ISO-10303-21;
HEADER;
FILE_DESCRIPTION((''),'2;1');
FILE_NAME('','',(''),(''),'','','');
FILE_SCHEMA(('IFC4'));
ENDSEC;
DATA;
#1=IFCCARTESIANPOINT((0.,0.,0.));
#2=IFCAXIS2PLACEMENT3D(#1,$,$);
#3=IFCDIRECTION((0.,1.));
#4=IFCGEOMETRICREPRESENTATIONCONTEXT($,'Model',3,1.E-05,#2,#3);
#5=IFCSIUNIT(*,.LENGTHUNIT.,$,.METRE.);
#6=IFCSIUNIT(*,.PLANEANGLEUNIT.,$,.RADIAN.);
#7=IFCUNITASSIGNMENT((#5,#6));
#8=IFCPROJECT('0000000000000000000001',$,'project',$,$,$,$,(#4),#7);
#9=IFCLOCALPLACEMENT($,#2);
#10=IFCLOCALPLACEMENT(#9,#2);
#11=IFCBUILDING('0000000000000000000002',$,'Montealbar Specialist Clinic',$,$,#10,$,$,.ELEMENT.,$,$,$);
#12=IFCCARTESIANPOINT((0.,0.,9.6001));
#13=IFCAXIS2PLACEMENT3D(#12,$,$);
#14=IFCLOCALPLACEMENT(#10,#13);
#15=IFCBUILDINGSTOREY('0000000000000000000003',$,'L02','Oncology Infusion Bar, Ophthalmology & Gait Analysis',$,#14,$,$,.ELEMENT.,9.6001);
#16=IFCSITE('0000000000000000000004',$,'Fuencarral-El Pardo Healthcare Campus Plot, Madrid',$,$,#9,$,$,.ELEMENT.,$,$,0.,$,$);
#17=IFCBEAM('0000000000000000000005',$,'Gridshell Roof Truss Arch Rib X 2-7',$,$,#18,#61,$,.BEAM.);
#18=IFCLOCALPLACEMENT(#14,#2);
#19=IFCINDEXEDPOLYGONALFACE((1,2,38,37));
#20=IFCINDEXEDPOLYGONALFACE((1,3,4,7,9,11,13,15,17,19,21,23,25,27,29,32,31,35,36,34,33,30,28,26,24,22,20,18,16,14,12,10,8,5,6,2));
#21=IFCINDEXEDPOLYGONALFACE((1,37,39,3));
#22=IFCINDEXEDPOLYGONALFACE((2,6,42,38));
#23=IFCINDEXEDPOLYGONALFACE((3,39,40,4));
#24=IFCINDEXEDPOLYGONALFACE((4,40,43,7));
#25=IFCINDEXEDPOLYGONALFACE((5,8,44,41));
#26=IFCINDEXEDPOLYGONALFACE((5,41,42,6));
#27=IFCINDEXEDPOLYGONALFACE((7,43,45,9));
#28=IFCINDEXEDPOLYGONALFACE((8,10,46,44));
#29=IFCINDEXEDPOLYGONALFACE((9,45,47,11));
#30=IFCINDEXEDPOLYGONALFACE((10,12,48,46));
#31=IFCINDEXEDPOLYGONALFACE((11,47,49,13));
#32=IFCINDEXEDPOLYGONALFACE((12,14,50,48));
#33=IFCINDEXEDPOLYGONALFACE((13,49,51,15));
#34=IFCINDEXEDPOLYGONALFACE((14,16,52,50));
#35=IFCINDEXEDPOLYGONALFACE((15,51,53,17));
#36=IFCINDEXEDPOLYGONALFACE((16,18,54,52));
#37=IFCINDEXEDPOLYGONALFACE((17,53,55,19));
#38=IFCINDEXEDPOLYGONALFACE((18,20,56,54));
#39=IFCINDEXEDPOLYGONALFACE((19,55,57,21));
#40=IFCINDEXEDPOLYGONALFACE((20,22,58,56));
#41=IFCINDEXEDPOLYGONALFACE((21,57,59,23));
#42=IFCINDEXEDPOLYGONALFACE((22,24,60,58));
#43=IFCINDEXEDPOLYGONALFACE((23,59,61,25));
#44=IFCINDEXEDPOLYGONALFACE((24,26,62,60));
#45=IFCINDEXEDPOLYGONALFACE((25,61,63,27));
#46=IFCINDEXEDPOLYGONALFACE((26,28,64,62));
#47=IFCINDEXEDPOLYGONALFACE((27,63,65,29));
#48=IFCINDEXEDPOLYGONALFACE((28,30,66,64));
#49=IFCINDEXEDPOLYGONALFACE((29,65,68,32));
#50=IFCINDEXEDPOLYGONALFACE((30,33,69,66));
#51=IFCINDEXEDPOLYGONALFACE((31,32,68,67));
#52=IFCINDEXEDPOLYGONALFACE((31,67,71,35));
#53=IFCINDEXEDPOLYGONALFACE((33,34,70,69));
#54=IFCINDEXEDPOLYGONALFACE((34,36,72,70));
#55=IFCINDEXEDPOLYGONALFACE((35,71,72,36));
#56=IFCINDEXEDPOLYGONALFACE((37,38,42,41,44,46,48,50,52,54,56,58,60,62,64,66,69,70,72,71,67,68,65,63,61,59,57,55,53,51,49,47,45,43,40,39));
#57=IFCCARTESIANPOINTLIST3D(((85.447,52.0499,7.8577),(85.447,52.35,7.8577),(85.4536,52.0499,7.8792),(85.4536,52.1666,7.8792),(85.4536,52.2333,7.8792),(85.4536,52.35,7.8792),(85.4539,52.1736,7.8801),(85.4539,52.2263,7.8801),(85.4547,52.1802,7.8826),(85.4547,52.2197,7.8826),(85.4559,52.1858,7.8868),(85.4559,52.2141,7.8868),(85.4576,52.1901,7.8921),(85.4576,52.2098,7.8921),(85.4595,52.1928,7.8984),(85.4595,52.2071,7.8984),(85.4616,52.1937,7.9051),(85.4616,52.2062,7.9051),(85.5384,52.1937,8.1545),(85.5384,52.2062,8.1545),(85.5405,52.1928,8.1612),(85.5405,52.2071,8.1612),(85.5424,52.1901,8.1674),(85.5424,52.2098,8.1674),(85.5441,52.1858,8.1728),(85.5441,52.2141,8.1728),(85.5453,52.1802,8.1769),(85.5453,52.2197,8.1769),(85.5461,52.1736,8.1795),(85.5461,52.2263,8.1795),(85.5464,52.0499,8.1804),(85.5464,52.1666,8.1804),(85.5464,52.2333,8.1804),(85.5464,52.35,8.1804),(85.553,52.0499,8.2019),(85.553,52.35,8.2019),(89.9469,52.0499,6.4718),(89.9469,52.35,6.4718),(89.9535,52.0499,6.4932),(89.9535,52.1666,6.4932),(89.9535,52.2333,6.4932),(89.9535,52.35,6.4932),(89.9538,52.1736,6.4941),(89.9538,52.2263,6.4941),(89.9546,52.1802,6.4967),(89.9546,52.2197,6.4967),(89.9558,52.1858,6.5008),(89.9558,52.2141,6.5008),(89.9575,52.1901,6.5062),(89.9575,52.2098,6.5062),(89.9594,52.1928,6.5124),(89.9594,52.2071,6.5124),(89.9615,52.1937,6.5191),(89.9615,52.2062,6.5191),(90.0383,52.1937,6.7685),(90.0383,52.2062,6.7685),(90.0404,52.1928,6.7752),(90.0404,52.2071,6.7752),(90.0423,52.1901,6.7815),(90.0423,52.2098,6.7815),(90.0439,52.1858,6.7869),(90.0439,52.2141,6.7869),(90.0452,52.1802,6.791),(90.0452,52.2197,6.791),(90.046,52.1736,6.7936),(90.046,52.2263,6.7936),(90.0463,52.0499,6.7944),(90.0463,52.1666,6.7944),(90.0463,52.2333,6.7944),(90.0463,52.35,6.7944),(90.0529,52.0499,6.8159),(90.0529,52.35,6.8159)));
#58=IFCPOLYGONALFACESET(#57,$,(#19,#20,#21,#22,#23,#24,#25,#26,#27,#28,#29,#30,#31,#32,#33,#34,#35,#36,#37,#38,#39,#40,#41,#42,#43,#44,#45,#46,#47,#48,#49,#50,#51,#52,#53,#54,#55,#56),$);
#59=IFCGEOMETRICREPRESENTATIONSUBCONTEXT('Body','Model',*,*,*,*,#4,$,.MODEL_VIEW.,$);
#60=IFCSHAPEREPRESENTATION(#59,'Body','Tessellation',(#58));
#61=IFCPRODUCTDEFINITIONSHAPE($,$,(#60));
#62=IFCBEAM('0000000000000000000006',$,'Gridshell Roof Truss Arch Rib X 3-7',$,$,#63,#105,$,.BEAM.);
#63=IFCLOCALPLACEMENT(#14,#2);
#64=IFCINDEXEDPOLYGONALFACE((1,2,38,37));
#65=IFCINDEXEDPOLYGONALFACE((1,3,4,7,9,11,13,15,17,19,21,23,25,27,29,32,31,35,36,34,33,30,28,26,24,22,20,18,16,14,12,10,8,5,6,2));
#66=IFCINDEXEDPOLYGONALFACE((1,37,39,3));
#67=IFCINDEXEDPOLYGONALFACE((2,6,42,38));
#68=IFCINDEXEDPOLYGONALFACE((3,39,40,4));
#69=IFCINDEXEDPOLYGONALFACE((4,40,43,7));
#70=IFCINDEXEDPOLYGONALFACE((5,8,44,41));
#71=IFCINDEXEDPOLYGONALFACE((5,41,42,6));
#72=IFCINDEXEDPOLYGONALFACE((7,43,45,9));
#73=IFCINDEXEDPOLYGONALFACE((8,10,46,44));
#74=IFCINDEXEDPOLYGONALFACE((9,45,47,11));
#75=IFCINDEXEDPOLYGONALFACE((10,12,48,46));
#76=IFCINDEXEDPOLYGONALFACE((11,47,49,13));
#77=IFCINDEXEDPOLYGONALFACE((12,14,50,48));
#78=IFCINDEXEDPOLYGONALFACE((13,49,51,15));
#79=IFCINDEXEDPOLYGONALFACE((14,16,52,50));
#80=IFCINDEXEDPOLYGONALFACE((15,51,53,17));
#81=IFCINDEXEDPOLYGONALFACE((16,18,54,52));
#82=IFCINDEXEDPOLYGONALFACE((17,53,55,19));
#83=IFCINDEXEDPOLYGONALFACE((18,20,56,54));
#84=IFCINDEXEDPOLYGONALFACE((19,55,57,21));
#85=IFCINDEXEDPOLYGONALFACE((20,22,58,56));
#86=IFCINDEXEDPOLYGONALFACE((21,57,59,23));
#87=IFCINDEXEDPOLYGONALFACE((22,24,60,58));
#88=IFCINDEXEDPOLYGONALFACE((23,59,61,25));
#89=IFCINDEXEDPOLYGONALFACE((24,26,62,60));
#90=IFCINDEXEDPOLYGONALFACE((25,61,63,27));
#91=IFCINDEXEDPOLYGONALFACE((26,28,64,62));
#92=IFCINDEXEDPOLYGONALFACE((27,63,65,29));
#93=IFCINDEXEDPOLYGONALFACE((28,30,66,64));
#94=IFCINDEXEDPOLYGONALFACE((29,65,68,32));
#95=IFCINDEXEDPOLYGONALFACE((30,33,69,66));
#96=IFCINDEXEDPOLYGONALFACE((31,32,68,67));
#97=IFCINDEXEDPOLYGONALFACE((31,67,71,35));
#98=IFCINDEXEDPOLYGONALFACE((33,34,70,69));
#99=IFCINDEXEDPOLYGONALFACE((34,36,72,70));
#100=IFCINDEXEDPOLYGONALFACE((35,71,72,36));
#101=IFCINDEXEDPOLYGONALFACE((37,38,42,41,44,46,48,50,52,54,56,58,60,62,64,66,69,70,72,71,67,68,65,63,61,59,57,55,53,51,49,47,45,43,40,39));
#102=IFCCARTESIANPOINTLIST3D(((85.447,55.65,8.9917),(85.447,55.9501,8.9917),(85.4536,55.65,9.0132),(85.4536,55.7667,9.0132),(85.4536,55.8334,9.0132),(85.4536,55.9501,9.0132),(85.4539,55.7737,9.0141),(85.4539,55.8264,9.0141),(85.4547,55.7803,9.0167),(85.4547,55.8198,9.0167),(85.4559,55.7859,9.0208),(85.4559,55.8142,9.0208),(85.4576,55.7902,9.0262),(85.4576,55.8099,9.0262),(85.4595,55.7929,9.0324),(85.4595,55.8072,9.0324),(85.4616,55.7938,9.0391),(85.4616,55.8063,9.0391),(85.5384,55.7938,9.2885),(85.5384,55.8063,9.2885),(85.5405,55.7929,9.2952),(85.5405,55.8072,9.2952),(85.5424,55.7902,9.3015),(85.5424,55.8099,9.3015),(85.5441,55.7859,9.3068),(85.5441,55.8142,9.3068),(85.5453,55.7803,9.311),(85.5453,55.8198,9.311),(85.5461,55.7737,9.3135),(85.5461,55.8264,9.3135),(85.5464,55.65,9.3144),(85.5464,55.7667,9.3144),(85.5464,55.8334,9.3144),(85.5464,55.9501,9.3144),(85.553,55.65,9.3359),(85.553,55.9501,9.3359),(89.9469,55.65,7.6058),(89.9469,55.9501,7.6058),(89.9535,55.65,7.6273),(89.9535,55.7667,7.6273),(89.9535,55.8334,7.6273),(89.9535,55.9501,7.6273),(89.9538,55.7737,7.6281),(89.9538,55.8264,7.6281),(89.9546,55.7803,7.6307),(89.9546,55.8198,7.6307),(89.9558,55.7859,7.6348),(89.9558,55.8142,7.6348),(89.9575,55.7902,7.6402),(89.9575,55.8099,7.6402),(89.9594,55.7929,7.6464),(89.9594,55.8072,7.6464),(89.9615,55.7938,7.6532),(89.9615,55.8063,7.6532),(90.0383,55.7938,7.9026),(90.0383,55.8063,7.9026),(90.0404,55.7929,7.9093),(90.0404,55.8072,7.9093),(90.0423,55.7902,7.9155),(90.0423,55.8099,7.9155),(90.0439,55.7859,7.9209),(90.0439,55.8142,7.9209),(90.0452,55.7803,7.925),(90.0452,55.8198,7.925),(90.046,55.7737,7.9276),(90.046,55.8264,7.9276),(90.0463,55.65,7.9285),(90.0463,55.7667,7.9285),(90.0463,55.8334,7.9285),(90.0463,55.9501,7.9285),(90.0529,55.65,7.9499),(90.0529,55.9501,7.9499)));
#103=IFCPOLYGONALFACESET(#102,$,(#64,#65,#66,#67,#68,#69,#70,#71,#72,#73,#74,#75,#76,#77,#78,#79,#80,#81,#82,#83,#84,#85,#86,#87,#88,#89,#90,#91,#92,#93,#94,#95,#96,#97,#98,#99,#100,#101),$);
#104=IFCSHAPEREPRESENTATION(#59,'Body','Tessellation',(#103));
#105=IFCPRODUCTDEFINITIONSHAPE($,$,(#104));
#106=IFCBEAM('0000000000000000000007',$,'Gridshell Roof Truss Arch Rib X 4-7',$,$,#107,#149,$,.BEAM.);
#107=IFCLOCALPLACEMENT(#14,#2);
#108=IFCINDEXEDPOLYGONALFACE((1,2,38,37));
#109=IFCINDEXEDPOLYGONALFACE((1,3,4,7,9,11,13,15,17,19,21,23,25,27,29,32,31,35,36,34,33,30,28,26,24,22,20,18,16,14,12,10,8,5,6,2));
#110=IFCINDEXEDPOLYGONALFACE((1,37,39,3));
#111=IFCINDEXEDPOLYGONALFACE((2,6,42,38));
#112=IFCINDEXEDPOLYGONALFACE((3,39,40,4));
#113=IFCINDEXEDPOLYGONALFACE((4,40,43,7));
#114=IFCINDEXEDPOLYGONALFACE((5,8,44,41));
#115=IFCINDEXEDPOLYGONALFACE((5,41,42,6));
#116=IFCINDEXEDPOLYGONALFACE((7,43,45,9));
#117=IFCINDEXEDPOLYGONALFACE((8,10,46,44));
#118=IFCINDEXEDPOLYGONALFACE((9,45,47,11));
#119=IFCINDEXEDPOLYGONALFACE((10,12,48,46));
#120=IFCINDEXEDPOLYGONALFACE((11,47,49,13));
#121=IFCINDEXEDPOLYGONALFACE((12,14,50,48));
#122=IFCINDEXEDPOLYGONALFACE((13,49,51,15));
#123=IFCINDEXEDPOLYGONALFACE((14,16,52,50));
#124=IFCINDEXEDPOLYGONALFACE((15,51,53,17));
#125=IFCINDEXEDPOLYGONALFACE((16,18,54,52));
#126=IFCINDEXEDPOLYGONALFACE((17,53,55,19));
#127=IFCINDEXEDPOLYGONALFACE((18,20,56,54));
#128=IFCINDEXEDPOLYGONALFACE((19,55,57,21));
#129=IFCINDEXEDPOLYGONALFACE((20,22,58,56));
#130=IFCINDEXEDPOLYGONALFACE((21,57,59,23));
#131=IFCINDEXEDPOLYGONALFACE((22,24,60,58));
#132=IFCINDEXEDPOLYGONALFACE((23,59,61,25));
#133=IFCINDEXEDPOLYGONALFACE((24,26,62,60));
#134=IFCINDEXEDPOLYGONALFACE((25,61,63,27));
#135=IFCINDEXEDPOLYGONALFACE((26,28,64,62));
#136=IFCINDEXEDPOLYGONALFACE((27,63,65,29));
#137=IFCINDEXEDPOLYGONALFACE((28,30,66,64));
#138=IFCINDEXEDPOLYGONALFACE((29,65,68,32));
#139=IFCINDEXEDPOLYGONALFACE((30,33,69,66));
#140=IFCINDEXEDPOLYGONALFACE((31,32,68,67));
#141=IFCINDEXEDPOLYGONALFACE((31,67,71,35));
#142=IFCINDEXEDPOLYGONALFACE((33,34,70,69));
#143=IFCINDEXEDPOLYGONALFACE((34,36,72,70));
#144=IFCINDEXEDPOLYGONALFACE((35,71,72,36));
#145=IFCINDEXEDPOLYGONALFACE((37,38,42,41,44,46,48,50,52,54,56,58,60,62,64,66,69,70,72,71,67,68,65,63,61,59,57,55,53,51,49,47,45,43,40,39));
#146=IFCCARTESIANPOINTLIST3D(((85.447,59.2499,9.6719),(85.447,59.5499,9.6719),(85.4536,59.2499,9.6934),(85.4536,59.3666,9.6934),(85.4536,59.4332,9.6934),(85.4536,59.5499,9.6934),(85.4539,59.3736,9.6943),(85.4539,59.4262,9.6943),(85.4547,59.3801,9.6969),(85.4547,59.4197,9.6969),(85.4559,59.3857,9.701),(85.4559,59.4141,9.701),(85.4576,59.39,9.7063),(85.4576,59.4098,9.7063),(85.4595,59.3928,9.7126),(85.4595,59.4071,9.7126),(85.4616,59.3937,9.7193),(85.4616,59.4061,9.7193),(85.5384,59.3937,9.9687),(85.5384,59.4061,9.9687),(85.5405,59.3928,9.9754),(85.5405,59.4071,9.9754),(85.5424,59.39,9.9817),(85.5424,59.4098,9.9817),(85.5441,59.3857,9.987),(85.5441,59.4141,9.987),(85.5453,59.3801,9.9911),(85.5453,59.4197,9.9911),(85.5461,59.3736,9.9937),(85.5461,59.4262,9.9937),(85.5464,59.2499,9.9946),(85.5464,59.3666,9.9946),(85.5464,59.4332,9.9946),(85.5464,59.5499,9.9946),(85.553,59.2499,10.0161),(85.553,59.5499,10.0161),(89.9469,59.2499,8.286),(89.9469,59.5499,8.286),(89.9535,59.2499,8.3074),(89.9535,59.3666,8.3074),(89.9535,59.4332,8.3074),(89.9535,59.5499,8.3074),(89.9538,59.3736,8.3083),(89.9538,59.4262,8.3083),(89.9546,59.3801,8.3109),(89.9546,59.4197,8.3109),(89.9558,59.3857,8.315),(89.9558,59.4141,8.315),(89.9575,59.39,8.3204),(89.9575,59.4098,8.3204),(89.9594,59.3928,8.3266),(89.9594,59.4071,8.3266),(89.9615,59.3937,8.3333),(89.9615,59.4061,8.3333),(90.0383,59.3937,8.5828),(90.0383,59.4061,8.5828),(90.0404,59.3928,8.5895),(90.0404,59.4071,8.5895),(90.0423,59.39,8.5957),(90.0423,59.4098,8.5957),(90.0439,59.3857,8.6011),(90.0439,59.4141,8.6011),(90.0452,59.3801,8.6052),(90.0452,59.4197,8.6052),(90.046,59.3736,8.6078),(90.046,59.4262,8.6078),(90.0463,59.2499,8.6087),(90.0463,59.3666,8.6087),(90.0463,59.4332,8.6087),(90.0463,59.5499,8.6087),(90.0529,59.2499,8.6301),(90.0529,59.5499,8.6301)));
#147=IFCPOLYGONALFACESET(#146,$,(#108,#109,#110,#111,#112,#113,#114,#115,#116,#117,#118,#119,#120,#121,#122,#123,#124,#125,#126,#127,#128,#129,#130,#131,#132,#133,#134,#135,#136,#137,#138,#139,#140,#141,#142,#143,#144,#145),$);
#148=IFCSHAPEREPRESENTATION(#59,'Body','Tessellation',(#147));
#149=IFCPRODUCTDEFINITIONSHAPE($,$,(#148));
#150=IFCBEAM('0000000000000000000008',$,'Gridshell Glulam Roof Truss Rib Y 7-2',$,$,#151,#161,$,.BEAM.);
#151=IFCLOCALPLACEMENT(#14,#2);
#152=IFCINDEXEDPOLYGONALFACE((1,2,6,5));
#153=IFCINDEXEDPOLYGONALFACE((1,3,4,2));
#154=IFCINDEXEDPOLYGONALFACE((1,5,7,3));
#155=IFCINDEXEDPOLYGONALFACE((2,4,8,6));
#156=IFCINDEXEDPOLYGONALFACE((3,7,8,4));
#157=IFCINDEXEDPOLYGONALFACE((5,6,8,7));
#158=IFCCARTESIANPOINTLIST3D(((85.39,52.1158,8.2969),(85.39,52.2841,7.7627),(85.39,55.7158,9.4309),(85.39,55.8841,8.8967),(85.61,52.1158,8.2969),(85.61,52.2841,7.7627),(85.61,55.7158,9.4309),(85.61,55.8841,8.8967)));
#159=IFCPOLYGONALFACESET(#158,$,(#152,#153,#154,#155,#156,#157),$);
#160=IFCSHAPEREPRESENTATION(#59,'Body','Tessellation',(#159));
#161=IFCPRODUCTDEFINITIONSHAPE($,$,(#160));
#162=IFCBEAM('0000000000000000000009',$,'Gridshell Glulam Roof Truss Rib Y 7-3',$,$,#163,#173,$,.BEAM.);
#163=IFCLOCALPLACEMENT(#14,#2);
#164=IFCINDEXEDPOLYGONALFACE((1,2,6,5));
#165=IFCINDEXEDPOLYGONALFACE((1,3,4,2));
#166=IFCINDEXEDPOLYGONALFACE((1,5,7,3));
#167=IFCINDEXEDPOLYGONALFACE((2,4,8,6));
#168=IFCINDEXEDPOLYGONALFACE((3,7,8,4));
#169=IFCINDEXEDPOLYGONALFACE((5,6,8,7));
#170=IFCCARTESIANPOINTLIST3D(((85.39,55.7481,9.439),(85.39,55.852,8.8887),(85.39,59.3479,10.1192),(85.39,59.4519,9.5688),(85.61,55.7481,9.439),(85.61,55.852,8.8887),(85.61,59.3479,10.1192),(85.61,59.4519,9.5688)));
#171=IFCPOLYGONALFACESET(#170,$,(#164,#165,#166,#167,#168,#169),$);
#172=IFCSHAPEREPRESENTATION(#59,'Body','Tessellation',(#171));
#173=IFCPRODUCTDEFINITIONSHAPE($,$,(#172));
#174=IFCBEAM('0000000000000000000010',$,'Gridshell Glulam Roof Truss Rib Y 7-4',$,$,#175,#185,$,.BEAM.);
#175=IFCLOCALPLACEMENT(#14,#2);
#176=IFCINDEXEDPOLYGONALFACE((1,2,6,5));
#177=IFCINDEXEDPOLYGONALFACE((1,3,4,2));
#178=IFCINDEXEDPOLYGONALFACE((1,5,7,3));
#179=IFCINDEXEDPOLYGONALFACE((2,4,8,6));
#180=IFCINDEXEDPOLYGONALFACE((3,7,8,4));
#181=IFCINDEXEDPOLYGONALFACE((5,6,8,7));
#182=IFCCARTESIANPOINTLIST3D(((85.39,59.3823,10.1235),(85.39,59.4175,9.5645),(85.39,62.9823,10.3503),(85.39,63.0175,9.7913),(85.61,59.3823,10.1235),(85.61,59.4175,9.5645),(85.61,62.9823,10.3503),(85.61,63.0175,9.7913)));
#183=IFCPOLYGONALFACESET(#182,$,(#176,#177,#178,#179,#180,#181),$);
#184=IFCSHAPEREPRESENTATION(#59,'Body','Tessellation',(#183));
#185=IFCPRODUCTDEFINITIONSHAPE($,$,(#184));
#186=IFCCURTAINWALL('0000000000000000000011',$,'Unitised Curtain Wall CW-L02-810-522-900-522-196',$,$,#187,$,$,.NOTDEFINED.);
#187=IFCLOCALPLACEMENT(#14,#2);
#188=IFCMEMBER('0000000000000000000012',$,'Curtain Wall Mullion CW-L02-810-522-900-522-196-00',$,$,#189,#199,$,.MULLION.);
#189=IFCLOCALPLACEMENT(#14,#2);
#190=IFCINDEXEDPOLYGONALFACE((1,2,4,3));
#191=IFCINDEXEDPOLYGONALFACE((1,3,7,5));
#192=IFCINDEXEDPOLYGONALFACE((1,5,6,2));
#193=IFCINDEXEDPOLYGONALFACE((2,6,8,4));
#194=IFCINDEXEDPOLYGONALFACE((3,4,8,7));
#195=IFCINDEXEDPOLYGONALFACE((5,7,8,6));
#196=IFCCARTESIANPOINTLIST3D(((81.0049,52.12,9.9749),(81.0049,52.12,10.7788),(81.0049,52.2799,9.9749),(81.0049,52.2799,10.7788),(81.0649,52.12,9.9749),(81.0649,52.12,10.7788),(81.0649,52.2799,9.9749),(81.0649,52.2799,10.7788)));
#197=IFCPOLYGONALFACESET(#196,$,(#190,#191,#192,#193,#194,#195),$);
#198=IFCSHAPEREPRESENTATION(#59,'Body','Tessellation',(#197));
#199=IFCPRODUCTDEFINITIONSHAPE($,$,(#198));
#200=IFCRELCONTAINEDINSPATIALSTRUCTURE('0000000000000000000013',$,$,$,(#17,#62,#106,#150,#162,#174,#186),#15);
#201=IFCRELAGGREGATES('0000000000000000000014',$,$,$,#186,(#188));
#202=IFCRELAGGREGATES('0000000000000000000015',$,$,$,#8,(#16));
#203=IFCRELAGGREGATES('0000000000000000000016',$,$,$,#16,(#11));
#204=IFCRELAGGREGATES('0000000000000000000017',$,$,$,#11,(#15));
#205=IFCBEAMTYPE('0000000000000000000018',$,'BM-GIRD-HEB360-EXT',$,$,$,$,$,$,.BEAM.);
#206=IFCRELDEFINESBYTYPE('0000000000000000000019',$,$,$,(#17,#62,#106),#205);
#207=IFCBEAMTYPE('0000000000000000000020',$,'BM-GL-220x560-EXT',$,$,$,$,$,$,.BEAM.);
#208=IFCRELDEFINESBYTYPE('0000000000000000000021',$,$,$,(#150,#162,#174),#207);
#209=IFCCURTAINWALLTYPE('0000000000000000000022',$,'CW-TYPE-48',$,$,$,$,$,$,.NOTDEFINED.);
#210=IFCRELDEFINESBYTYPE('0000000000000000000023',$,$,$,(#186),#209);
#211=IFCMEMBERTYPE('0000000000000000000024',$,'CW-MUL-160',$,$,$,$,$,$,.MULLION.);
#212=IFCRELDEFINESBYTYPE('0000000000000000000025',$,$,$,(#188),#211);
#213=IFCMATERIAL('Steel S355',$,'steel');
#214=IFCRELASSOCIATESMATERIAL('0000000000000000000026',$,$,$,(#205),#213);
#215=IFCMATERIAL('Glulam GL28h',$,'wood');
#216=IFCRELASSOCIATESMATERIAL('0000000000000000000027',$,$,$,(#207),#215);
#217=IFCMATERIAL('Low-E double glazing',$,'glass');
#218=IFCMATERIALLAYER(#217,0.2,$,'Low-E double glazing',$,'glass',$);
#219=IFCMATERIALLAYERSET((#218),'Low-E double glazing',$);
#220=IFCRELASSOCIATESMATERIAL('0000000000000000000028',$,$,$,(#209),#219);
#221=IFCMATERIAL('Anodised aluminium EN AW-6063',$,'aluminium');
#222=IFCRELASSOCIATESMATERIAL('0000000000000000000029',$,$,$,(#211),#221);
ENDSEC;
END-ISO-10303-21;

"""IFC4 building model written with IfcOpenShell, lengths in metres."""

from ifc_helpers import new_model, si_unit, direction, frame, origin, origin_2d, place, context, subcontext, project, spatial, rectangle, i_section, extrude, material, layer, layer_set, material_profile, profile_set, type_object, element, aggregate, save


model = new_model("IFC4")

# Units and contexts
model_context = context("Model", 3, precision=1e-05, world=origin(), true_north=direction((0.0, 1.0)))
body_context = subcontext(model_context, "Body", "Model", "MODEL_VIEW")
ifc_project = project(units=[si_unit("LENGTHUNIT", "METRE"), si_unit("PLANEANGLEUNIT", "RADIAN")], contexts=[model_context])

# Site, building, storey
site_placement = place(None, origin())
site = spatial("IfcSite", under=ifc_project, at=site_placement, Name="Fuencarral-El Pardo Healthcare Campus Plot, Madrid", CompositionType="ELEMENT", RefElevation=0.0)
building_placement = place(site_placement, origin())
building = spatial("IfcBuilding", under=site, at=building_placement, Name="Montealbar Specialist Clinic", CompositionType="ELEMENT")
storey_placement = place(building_placement, frame((0.0, 0.0, 9.6001)))
storey = spatial("IfcBuildingStorey", under=building, at=storey_placement, Name="L02", Description="Oncology Infusion Bar, Ophthalmology & Gait Analysis", CompositionType="ELEMENT", Elevation=9.6001)

# Beams
ifc_material_1 = material(Name="Steel S355", Category="steel")
ifc_material_profile_1 = material_profile(ifc_material_1, i_section(OverallWidth=0.3, OverallDepth=0.3601, WebThickness=0.0125, FlangeThickness=0.0225, FilletRadius=0.0271, at=origin_2d()), Name="HEB 360", Category="steel")
ifc_profile_set_1 = profile_set([ifc_material_profile_1], Name="Steel S355")
beam_type_1 = type_object("IfcBeamType", Name="BM-GIRD-HEB360-EXT", PredefinedType="BEAM", material=ifc_profile_set_1)
for number, where, z_axis, x_axis, name in (
    (1, (85.5, 52.2, 8.0298), (0.955697, 0.0, -0.294352), (0.0, 1.0, 0.0), "Gridshell Roof Truss Arch Rib X 2-7"),
    (2, (85.5, 55.8, 9.1638), (0.955697, 0.0, -0.294352), (0.0, 1.0, 0.0), "Gridshell Roof Truss Arch Rib X 3-7"),
    (3, (85.5, 59.3999, 9.844), (0.955697, 0.0, -0.294352), (0.0, 1.0, 0.0), "Gridshell Roof Truss Arch Rib X 4-7"),
):
    element("IfcBeam", number, at=place(storey_placement, frame(where, z_axis=z_axis, x_axis=x_axis)), inside=storey, type_object=beam_type_1, Name=name, PredefinedType="BEAM", context=body_context, shape_type="SweptSolid", body=[
        extrude(i_section(OverallWidth=0.3, OverallDepth=0.3601, WebThickness=0.0125, FlangeThickness=0.0225, FilletRadius=0.0271, at=origin_2d()), origin(), (0.0, 0.0, 1.0), 4.7085),
    ])
ifc_material_2 = material(Name="Glulam GL28h", Category="wood")
ifc_material_profile_2 = material_profile(ifc_material_2, rectangle(XDim=0.22, YDim=0.5601, at=origin_2d()), Name="GL28h 220x560", Category="wood")
ifc_profile_set_2 = profile_set([ifc_material_profile_2], Name="Glulam GL28h")
beam_type_2 = type_object("IfcBeamType", Name="BM-GL-220x560-EXT", PredefinedType="BEAM", material=ifc_profile_set_2)
beam_1_placement = place(storey_placement, frame((85.5, 52.2, 8.0298), z_axis=(0.0, 0.953798, 0.300447), x_axis=(-1.0, 0.0, 0.0)))
element("IfcBeam", 4, at=beam_1_placement, inside=storey, type_object=beam_type_2, Name="Gridshell Glulam Roof Truss Rib Y 7-2", PredefinedType="BEAM", context=body_context, shape_type="SweptSolid", body=[
    extrude(rectangle(XDim=0.22, YDim=0.5601, at=origin_2d()), origin(), (0.0, 0.0, 1.0), 3.7744),
])
beam_2_placement = place(storey_placement, frame((85.5, 55.8, 9.1638), z_axis=(0.0, 0.982614, 0.18566), x_axis=(-1.0, 0.0, 0.0)))
element("IfcBeam", 5, at=beam_2_placement, inside=storey, type_object=beam_type_2, Name="Gridshell Glulam Roof Truss Rib Y 7-3", PredefinedType="BEAM", context=body_context, shape_type="SweptSolid", body=[
    extrude(rectangle(XDim=0.22, YDim=0.5601, at=origin_2d()), origin(), (0.0, 0.0, 1.0), 3.6636),
])
beam_3_placement = place(storey_placement, frame((85.5, 59.3999, 9.844), z_axis=(0.0, 0.998021, 0.062875), x_axis=(-1.0, 0.0, 0.0)))
element("IfcBeam", 6, at=beam_3_placement, inside=storey, type_object=beam_type_2, Name="Gridshell Glulam Roof Truss Rib Y 7-4", PredefinedType="BEAM", context=body_context, shape_type="SweptSolid", body=[
    extrude(rectangle(XDim=0.22, YDim=0.5601, at=origin_2d()), origin(), (0.0, 0.0, 1.0), 3.6072),
])

# Curtain wall, member
ifc_material_3 = material(Name="Low-E double glazing", Category="glass")
ifc_layer_1 = layer(ifc_material_3, 0.2, Name="Low-E double glazing", Category="glass")
ifc_layer_set_1 = layer_set([ifc_layer_1], Name="Low-E double glazing")
curtain_wall_type = type_object("IfcCurtainWallType", Name="CW-TYPE-48", PredefinedType="NOTDEFINED", material=ifc_layer_set_1)
curtain_wall_placement = place(storey_placement, origin())
curtain_wall = element("IfcCurtainWall", 7, at=curtain_wall_placement, inside=storey, type_object=curtain_wall_type, Name="Unitised Curtain Wall CW-L02-810-522-900-522-196", PredefinedType="NOTDEFINED")
ifc_material_4 = material(Name="Anodised aluminium EN AW-6063", Category="aluminium")
ifc_material_profile_3 = material_profile(ifc_material_4, rectangle(XDim=0.0601, YDim=0.1599, at=origin_2d()), Name="ALU 60x160", Category="aluminium")
ifc_profile_set_3 = profile_set([ifc_material_profile_3], Name="Anodised aluminium EN AW-6063")
member_type_1 = type_object("IfcMemberType", Name="CW-MUL-160", PredefinedType="MULLION", material=ifc_profile_set_3)
member_1_placement = place(storey_placement, frame((81.0349, 52.2, 9.9749), z_axis=(0.0, 0.0, 1.0), x_axis=(1.0, 0.0, 0.0)))
member_1 = element("IfcMember", 8, at=member_1_placement, type_object=member_type_1, Name="Curtain Wall Mullion CW-L02-810-522-900-522-196-00", PredefinedType="MULLION", context=body_context, shape_type="SweptSolid", body=[
    extrude(rectangle(XDim=0.0601, YDim=0.1599, at=origin_2d()), origin(), (0.0, 0.0, 1.0), 0.804),
])

aggregate(curtain_wall, [member_1])

save(model, "model.ifc")
